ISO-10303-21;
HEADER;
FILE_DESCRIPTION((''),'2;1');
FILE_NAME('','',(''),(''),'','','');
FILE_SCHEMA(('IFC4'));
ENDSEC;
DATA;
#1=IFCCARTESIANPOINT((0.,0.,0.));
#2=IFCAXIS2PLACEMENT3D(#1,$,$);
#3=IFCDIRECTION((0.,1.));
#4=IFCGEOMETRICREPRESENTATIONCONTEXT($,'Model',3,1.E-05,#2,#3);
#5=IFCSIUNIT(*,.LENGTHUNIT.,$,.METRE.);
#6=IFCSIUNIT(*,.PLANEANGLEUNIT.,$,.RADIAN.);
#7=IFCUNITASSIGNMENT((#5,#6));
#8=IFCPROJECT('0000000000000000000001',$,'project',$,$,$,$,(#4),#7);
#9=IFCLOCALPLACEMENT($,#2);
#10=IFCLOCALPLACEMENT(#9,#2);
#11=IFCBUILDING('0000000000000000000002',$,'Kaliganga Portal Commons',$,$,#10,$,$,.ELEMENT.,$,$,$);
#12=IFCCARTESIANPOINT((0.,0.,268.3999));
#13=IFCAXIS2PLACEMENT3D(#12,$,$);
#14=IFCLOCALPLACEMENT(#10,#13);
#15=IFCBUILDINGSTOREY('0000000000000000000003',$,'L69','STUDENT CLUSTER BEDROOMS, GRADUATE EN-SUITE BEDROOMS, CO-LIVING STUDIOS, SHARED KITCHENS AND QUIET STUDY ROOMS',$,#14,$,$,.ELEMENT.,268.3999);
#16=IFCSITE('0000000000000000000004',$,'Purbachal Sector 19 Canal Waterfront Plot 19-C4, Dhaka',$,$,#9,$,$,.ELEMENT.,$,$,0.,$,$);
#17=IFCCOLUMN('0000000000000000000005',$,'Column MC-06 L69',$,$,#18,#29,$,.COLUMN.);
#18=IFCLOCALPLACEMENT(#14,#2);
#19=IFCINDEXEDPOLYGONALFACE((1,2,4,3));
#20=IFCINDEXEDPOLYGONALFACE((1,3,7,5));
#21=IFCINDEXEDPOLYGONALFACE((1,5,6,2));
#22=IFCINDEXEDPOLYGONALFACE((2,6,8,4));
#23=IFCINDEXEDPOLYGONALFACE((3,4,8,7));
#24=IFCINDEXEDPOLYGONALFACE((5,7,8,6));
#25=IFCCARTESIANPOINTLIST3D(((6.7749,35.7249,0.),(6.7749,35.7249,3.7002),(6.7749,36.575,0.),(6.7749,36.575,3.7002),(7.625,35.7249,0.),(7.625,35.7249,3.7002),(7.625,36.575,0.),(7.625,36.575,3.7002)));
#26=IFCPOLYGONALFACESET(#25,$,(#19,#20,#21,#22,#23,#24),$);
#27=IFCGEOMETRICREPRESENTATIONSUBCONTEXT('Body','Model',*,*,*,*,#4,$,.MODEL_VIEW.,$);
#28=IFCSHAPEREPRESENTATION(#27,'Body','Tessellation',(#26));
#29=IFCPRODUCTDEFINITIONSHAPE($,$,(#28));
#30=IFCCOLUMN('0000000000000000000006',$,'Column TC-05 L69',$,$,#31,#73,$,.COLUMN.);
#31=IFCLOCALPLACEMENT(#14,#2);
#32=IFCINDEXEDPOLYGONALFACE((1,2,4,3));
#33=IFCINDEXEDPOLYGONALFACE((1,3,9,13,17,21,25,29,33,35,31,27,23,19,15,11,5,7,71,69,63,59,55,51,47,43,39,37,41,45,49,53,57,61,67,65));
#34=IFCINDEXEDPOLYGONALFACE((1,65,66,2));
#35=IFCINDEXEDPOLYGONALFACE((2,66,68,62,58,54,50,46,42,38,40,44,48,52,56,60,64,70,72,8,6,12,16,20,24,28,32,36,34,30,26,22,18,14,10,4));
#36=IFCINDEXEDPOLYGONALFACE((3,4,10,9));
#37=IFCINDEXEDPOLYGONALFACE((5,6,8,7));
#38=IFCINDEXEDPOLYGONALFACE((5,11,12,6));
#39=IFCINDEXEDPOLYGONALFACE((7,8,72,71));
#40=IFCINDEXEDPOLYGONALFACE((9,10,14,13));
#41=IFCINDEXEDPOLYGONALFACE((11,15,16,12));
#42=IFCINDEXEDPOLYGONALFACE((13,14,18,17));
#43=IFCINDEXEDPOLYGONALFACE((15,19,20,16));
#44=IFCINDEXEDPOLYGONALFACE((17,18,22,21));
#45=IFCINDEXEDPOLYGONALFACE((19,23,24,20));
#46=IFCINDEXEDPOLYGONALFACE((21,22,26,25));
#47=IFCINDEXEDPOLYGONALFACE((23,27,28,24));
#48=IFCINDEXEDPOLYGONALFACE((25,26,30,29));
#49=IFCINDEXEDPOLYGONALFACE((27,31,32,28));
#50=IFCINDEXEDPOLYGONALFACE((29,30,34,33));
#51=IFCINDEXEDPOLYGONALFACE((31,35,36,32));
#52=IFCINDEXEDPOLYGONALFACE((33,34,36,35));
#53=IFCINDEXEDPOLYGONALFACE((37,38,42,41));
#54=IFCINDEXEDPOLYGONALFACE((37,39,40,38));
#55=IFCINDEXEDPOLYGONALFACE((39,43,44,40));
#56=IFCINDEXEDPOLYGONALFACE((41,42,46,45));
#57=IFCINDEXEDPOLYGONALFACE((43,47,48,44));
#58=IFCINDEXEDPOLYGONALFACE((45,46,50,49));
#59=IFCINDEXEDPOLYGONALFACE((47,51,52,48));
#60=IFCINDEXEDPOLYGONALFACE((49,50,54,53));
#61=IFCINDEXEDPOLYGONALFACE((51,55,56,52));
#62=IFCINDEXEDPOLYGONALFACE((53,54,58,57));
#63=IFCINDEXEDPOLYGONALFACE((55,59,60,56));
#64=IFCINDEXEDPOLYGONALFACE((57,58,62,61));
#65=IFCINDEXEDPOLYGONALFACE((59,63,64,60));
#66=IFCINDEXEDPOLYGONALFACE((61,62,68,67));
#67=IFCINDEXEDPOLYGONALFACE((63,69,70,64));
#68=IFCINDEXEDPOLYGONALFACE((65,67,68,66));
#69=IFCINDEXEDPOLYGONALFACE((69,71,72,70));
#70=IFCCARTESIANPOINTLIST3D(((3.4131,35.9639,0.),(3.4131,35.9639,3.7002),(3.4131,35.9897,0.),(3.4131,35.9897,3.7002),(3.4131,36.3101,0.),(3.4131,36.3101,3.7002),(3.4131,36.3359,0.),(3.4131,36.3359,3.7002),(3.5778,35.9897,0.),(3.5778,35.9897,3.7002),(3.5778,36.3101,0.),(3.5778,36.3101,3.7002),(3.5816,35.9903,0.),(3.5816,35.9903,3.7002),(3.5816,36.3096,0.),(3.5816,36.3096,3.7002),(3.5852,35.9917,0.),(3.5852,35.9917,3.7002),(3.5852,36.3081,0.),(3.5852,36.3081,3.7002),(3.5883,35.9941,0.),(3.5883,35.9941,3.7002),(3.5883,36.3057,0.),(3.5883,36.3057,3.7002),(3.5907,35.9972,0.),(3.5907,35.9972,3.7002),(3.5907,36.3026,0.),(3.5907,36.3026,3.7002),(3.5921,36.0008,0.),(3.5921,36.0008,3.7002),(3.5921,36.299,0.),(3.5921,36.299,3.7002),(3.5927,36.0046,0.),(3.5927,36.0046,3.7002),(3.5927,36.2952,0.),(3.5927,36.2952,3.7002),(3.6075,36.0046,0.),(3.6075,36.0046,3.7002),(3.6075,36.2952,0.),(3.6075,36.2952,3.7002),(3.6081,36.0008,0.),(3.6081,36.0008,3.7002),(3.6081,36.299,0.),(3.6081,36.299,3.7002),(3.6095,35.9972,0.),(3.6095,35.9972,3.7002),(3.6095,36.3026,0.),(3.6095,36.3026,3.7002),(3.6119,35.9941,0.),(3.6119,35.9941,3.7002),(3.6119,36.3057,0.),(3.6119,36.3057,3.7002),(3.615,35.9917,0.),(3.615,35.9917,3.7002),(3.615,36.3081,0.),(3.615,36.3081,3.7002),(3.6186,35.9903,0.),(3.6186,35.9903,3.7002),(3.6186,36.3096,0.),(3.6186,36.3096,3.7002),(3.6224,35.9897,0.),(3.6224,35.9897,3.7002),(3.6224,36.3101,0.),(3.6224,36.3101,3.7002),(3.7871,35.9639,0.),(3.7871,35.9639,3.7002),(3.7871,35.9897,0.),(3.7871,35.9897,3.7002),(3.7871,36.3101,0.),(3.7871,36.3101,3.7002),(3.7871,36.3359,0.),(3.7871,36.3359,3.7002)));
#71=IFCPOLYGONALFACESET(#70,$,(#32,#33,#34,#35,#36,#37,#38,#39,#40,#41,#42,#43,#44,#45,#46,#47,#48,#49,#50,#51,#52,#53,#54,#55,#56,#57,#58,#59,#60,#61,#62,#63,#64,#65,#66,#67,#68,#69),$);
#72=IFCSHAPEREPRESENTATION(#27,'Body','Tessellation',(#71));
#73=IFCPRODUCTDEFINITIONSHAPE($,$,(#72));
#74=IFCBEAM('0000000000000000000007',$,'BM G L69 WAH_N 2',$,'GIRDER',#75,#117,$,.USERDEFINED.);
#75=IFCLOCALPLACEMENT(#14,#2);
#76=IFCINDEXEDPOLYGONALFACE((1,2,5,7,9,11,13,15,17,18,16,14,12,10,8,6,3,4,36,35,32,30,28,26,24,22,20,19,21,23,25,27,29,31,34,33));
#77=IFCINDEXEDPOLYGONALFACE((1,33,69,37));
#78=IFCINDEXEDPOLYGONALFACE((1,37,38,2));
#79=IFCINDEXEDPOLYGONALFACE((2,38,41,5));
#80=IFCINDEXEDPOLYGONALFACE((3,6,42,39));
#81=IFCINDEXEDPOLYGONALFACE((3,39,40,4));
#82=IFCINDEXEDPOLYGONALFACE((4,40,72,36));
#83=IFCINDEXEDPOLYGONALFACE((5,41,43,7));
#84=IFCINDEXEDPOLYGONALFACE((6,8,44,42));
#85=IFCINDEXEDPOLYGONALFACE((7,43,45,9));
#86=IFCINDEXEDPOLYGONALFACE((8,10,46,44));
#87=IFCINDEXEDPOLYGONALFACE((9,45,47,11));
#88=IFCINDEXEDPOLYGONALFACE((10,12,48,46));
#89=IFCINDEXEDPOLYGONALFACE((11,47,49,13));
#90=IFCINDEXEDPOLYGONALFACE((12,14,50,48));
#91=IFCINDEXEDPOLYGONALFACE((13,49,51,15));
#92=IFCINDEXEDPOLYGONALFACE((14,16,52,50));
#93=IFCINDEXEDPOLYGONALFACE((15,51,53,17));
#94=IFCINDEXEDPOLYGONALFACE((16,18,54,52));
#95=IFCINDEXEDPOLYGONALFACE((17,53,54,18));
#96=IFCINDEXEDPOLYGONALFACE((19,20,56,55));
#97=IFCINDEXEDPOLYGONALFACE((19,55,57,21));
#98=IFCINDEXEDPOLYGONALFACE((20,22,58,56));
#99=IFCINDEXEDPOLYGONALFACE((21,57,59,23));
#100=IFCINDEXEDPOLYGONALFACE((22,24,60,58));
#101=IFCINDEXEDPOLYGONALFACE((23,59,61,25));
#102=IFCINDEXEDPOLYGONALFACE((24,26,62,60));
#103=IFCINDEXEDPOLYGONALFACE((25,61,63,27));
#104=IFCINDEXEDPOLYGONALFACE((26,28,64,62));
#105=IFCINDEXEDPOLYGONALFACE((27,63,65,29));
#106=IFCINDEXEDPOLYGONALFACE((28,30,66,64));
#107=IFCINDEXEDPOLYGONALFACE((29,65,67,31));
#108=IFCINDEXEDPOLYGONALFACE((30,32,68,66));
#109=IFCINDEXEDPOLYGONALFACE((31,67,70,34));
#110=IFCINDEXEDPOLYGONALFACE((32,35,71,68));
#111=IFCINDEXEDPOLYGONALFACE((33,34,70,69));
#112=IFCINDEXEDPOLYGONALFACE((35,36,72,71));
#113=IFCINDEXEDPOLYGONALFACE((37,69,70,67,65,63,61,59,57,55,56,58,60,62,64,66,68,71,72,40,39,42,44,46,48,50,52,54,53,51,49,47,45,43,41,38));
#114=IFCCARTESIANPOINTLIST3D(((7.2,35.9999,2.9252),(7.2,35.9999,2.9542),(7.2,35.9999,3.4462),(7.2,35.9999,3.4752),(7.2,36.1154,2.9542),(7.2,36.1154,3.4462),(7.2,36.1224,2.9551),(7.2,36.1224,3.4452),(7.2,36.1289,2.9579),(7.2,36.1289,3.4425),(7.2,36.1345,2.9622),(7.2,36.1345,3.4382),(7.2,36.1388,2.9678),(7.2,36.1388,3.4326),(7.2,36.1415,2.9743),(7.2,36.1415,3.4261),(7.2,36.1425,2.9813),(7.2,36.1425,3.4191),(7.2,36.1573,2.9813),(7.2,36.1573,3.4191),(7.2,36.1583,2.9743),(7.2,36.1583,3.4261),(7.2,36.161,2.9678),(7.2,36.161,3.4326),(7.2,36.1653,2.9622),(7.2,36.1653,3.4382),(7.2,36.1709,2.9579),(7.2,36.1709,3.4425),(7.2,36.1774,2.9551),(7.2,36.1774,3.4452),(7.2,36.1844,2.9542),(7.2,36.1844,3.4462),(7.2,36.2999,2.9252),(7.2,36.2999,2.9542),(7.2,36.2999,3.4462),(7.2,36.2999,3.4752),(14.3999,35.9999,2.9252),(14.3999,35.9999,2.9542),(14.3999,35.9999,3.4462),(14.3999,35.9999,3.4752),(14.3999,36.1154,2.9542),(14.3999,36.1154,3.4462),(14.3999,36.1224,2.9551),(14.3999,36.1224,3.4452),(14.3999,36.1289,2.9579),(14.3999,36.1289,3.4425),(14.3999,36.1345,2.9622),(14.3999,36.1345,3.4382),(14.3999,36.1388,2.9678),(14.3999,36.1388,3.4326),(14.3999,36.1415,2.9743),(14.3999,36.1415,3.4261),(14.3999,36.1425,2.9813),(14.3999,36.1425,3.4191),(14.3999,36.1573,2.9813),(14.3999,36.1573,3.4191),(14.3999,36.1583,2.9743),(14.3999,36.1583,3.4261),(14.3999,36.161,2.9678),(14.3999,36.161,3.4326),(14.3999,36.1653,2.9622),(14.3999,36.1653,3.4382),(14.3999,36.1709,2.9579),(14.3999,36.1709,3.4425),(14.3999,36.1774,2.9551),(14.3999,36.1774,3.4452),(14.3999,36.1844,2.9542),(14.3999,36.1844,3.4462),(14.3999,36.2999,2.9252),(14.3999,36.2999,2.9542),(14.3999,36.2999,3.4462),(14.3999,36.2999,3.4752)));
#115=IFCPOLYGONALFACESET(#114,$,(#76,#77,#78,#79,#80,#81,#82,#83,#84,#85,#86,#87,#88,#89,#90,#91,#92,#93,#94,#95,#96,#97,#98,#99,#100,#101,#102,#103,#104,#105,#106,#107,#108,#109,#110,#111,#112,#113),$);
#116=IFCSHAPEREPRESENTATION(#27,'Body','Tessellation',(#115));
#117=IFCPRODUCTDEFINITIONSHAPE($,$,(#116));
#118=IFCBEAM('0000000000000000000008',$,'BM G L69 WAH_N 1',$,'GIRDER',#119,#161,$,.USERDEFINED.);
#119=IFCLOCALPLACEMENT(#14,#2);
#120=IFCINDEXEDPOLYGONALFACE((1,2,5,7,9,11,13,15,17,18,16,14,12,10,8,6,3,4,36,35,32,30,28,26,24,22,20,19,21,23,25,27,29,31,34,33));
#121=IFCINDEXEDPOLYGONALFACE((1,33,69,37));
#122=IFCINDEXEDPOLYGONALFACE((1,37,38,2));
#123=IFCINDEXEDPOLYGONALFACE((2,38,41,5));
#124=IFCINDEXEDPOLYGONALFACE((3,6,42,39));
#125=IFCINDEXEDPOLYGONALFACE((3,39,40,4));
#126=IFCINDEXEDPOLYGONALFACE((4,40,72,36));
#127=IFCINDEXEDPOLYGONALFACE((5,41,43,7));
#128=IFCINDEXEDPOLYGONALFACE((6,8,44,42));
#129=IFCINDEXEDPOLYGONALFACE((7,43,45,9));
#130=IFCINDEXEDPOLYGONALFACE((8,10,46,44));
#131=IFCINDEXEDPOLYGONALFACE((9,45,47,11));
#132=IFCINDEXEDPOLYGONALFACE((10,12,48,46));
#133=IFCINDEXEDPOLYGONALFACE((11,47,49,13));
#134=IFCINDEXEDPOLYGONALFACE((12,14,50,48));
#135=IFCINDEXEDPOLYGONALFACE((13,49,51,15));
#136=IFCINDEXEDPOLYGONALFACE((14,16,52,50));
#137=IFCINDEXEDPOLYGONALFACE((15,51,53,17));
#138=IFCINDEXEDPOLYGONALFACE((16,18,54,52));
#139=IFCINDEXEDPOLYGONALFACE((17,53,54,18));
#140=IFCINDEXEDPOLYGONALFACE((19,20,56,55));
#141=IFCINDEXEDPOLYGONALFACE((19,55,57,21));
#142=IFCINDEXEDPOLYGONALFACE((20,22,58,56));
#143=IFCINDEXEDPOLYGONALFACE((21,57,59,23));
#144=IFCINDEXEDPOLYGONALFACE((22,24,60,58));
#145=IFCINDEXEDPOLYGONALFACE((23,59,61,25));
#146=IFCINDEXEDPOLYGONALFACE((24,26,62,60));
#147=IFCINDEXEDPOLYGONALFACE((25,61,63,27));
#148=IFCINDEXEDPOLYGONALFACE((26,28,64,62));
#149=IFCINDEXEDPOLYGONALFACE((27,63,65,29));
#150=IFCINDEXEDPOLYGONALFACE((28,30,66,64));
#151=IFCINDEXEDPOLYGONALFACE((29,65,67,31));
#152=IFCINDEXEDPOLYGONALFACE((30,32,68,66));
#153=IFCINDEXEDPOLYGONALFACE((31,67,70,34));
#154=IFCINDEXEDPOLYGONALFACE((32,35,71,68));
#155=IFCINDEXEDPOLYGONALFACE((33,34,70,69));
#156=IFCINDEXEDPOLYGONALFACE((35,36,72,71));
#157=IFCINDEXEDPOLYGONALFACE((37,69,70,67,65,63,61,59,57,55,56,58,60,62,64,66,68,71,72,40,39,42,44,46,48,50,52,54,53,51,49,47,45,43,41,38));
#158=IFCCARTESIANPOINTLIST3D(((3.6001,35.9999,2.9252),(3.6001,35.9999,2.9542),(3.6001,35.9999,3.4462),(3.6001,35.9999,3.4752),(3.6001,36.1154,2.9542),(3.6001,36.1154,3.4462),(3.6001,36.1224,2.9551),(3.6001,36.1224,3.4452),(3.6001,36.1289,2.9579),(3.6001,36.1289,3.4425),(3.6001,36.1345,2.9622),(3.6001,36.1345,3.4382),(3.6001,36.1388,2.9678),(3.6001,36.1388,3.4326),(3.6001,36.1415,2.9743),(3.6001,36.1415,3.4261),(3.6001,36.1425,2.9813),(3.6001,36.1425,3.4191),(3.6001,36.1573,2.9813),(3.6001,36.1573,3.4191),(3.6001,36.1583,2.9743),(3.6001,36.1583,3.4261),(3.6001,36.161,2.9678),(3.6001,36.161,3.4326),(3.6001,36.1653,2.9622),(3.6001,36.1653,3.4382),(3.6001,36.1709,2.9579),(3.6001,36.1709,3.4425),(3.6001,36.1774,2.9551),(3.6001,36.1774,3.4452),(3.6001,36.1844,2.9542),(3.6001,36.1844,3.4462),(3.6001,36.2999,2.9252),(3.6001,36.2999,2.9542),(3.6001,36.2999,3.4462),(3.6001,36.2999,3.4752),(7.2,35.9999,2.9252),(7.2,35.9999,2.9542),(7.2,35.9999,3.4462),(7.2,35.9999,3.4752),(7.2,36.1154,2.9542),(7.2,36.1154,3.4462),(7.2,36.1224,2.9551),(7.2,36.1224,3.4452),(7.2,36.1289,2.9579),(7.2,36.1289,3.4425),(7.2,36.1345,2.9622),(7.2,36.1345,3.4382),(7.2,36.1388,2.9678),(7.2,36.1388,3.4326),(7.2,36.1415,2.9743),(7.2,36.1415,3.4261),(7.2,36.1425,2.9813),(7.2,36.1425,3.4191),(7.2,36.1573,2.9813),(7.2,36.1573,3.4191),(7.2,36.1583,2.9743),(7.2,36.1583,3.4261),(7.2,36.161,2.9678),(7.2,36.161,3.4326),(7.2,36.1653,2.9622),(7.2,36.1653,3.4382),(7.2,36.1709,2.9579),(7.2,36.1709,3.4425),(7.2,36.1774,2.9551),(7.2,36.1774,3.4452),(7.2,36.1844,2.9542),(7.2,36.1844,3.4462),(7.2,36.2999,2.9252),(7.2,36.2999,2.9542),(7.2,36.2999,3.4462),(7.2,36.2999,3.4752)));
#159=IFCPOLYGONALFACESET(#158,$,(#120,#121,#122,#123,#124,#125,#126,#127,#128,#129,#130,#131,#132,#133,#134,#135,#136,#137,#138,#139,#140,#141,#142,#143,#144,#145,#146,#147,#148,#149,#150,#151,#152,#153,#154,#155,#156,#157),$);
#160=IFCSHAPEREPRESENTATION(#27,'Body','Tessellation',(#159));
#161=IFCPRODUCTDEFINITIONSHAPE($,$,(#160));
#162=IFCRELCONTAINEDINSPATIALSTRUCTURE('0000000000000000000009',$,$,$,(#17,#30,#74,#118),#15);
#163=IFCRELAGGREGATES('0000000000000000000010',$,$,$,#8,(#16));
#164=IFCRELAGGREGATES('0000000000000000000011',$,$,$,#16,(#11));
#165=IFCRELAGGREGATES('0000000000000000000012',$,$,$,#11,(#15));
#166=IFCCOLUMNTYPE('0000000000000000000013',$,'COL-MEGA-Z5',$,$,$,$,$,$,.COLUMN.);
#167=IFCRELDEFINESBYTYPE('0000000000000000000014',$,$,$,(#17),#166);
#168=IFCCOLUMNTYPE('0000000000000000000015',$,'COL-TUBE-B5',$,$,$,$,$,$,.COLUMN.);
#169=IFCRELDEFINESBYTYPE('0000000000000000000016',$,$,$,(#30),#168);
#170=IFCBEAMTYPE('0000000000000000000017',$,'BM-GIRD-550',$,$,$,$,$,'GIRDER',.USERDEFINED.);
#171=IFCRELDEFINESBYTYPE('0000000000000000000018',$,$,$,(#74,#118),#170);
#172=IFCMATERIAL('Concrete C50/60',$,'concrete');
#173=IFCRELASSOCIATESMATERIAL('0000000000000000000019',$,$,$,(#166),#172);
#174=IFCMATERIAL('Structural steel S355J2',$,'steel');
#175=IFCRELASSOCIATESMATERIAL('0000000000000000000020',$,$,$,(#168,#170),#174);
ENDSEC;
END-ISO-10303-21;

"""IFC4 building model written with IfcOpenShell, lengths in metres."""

from ifc_helpers import new_model, si_unit, direction, frame, origin, origin_2d, place, context, subcontext, project, spatial, rectangle, i_section, extrude, source, transform, mapped, material, material_profile, profile_set, type_object, element, save


model = new_model("IFC4")

# Units and contexts
model_context = context("Model", 3, precision=1e-05, world=origin(), true_north=direction((0.0, 1.0)))
body_context = subcontext(model_context, "Body", "Model", "MODEL_VIEW")
ifc_project = project(units=[si_unit("LENGTHUNIT", "METRE"), si_unit("PLANEANGLEUNIT", "RADIAN")], contexts=[model_context])

# Site, building, storey
site_placement = place(None, origin())
site = spatial("IfcSite", under=ifc_project, at=site_placement, Name="Purbachal Sector 19 Canal Waterfront Plot 19-C4, Dhaka", CompositionType="ELEMENT", RefElevation=0.0)
building_placement = place(site_placement, origin())
building = spatial("IfcBuilding", under=site, at=building_placement, Name="Kaliganga Portal Commons", CompositionType="ELEMENT")
storey_placement = place(building_placement, frame((0.0, 0.0, 268.3999)))
storey = spatial("IfcBuildingStorey", under=building, at=storey_placement, Name="L69", Description="STUDENT CLUSTER BEDROOMS, GRADUATE EN-SUITE BEDROOMS, CO-LIVING STUDIOS, SHARED KITCHENS AND QUIET STUDY ROOMS", CompositionType="ELEMENT", Elevation=268.3999)

# Columns
ifc_material_1 = material(Name="Concrete C50/60", Category="concrete")
ifc_material_profile_1 = material_profile(ifc_material_1, rectangle(XDim=0.8501, YDim=0.8501, at=origin_2d()), Name="RC 850x850")
ifc_profile_set_1 = profile_set([ifc_material_profile_1], Name="Concrete C50/60")
column_type_1 = type_object("IfcColumnType", Name="COL-MEGA-Z5", PredefinedType="COLUMN", material=ifc_profile_set_1)
shared_shape_1 = source(origin(), body_context, "Body", "SweptSolid", [
    extrude(rectangle(XDim=0.8501, YDim=0.8501, at=origin_2d()), origin(), (0.0, 0.0, 1.0), 3.7002),
])
column_1_placement = place(storey_placement, frame((7.2, 36.1499, 0.0), z_axis=(0.0, 0.0, 1.0), x_axis=(1.0, 0.0, 0.0)))
element("IfcColumn", 1, at=column_1_placement, inside=storey, type_object=column_type_1, Name="Column MC-06 L69", PredefinedType="COLUMN", context=body_context, shape_type="MappedRepresentation", body=[
    mapped(shared_shape_1, transform((0.0, 0.0, 0.0), x_axis=(1.0, 0.0, 0.0), y_axis=(0.0, 1.0, 0.0), z_axis=(0.0, 0.0, 1.0), scale=1.0)),
])
ifc_material_2 = material(Name="Structural steel S355J2", Category="steel")
ifc_material_profile_2 = material_profile(ifc_material_2, i_section(OverallWidth=0.374, OverallDepth=0.3721, WebThickness=0.0149, FlangeThickness=0.0259, FilletRadius=0.0149, at=origin_2d()), Name="HD 360x196")
ifc_profile_set_2 = profile_set([ifc_material_profile_2], Name="Structural steel S355J2 wide-flange")
column_type_2 = type_object("IfcColumnType", Name="COL-TUBE-B5", PredefinedType="COLUMN", material=ifc_profile_set_2)
shared_shape_2 = source(origin(), body_context, "Body", "SweptSolid", [
    extrude(i_section(OverallWidth=0.374, OverallDepth=0.3721, WebThickness=0.0149, FlangeThickness=0.0259, FilletRadius=0.0149, at=origin_2d()), origin(), (0.0, 0.0, 1.0), 3.7002),
])
column_2_placement = place(storey_placement, frame((3.6001, 36.1499, 0.0), z_axis=(0.0, 0.0, 1.0), x_axis=(1.0, 0.0, 0.0)))
element("IfcColumn", 2, at=column_2_placement, inside=storey, type_object=column_type_2, Name="Column TC-05 L69", PredefinedType="COLUMN", context=body_context, shape_type="MappedRepresentation", body=[
    mapped(shared_shape_2, transform((0.0, 0.0, 0.0), x_axis=(1.0, 0.0, 0.0), y_axis=(0.0, 1.0, 0.0), z_axis=(0.0, 0.0, 1.0), scale=1.0)),
])

# Beams
ifc_material_profile_3 = material_profile(ifc_material_2, i_section(OverallWidth=0.3, OverallDepth=0.55, WebThickness=0.0149, FlangeThickness=0.0291, FilletRadius=0.0271, at=origin_2d()), Name="HE 550 B")
ifc_profile_set_3 = profile_set([ifc_material_profile_3], Name="Structural steel S355J2 wide-flange")
beam_type = type_object("IfcBeamType", Name="BM-GIRD-550", ElementType="GIRDER", PredefinedType="USERDEFINED", material=ifc_profile_set_3)
shared_shape_3 = source(origin(), body_context, "Body", "SweptSolid", [
    extrude(i_section(OverallWidth=0.3, OverallDepth=0.55, WebThickness=0.0149, FlangeThickness=0.0291, FilletRadius=0.0271, at=origin_2d()), origin(), (0.0, 0.0, 1.0), 7.2),
])
beam_1_placement = place(storey_placement, frame((7.2, 36.1499, 3.2002), z_axis=(1.0, 0.0, 0.0), x_axis=(0.0, 1.0, 0.0)))
element("IfcBeam", 3, at=beam_1_placement, inside=storey, type_object=beam_type, Name="BM G L69 WAH_N 2", ObjectType="GIRDER", PredefinedType="USERDEFINED", context=body_context, shape_type="MappedRepresentation", body=[
    mapped(shared_shape_3, transform((0.0, 0.0, 0.0), x_axis=(1.0, 0.0, 0.0), y_axis=(0.0, 1.0, 0.0), z_axis=(0.0, 0.0, 1.0), scale=1.0)),
])
shared_shape_4 = source(origin(), body_context, "Body", "SweptSolid", [
    extrude(i_section(OverallWidth=0.3, OverallDepth=0.55, WebThickness=0.0149, FlangeThickness=0.0291, FilletRadius=0.0271, at=origin_2d()), origin(), (0.0, 0.0, 1.0), 3.5999),
])
beam_2_placement = place(storey_placement, frame((3.6001, 36.1499, 3.2002), z_axis=(1.0, 0.0, 0.0), x_axis=(0.0, 1.0, 0.0)))
element("IfcBeam", 4, at=beam_2_placement, inside=storey, type_object=beam_type, Name="BM G L69 WAH_N 1", ObjectType="GIRDER", PredefinedType="USERDEFINED", context=body_context, shape_type="MappedRepresentation", body=[
    mapped(shared_shape_4, transform((0.0, 0.0, 0.0), x_axis=(1.0, 0.0, 0.0), y_axis=(0.0, 1.0, 0.0), z_axis=(0.0, 0.0, 1.0), scale=1.0)),
])

save(model, "model.ifc")
